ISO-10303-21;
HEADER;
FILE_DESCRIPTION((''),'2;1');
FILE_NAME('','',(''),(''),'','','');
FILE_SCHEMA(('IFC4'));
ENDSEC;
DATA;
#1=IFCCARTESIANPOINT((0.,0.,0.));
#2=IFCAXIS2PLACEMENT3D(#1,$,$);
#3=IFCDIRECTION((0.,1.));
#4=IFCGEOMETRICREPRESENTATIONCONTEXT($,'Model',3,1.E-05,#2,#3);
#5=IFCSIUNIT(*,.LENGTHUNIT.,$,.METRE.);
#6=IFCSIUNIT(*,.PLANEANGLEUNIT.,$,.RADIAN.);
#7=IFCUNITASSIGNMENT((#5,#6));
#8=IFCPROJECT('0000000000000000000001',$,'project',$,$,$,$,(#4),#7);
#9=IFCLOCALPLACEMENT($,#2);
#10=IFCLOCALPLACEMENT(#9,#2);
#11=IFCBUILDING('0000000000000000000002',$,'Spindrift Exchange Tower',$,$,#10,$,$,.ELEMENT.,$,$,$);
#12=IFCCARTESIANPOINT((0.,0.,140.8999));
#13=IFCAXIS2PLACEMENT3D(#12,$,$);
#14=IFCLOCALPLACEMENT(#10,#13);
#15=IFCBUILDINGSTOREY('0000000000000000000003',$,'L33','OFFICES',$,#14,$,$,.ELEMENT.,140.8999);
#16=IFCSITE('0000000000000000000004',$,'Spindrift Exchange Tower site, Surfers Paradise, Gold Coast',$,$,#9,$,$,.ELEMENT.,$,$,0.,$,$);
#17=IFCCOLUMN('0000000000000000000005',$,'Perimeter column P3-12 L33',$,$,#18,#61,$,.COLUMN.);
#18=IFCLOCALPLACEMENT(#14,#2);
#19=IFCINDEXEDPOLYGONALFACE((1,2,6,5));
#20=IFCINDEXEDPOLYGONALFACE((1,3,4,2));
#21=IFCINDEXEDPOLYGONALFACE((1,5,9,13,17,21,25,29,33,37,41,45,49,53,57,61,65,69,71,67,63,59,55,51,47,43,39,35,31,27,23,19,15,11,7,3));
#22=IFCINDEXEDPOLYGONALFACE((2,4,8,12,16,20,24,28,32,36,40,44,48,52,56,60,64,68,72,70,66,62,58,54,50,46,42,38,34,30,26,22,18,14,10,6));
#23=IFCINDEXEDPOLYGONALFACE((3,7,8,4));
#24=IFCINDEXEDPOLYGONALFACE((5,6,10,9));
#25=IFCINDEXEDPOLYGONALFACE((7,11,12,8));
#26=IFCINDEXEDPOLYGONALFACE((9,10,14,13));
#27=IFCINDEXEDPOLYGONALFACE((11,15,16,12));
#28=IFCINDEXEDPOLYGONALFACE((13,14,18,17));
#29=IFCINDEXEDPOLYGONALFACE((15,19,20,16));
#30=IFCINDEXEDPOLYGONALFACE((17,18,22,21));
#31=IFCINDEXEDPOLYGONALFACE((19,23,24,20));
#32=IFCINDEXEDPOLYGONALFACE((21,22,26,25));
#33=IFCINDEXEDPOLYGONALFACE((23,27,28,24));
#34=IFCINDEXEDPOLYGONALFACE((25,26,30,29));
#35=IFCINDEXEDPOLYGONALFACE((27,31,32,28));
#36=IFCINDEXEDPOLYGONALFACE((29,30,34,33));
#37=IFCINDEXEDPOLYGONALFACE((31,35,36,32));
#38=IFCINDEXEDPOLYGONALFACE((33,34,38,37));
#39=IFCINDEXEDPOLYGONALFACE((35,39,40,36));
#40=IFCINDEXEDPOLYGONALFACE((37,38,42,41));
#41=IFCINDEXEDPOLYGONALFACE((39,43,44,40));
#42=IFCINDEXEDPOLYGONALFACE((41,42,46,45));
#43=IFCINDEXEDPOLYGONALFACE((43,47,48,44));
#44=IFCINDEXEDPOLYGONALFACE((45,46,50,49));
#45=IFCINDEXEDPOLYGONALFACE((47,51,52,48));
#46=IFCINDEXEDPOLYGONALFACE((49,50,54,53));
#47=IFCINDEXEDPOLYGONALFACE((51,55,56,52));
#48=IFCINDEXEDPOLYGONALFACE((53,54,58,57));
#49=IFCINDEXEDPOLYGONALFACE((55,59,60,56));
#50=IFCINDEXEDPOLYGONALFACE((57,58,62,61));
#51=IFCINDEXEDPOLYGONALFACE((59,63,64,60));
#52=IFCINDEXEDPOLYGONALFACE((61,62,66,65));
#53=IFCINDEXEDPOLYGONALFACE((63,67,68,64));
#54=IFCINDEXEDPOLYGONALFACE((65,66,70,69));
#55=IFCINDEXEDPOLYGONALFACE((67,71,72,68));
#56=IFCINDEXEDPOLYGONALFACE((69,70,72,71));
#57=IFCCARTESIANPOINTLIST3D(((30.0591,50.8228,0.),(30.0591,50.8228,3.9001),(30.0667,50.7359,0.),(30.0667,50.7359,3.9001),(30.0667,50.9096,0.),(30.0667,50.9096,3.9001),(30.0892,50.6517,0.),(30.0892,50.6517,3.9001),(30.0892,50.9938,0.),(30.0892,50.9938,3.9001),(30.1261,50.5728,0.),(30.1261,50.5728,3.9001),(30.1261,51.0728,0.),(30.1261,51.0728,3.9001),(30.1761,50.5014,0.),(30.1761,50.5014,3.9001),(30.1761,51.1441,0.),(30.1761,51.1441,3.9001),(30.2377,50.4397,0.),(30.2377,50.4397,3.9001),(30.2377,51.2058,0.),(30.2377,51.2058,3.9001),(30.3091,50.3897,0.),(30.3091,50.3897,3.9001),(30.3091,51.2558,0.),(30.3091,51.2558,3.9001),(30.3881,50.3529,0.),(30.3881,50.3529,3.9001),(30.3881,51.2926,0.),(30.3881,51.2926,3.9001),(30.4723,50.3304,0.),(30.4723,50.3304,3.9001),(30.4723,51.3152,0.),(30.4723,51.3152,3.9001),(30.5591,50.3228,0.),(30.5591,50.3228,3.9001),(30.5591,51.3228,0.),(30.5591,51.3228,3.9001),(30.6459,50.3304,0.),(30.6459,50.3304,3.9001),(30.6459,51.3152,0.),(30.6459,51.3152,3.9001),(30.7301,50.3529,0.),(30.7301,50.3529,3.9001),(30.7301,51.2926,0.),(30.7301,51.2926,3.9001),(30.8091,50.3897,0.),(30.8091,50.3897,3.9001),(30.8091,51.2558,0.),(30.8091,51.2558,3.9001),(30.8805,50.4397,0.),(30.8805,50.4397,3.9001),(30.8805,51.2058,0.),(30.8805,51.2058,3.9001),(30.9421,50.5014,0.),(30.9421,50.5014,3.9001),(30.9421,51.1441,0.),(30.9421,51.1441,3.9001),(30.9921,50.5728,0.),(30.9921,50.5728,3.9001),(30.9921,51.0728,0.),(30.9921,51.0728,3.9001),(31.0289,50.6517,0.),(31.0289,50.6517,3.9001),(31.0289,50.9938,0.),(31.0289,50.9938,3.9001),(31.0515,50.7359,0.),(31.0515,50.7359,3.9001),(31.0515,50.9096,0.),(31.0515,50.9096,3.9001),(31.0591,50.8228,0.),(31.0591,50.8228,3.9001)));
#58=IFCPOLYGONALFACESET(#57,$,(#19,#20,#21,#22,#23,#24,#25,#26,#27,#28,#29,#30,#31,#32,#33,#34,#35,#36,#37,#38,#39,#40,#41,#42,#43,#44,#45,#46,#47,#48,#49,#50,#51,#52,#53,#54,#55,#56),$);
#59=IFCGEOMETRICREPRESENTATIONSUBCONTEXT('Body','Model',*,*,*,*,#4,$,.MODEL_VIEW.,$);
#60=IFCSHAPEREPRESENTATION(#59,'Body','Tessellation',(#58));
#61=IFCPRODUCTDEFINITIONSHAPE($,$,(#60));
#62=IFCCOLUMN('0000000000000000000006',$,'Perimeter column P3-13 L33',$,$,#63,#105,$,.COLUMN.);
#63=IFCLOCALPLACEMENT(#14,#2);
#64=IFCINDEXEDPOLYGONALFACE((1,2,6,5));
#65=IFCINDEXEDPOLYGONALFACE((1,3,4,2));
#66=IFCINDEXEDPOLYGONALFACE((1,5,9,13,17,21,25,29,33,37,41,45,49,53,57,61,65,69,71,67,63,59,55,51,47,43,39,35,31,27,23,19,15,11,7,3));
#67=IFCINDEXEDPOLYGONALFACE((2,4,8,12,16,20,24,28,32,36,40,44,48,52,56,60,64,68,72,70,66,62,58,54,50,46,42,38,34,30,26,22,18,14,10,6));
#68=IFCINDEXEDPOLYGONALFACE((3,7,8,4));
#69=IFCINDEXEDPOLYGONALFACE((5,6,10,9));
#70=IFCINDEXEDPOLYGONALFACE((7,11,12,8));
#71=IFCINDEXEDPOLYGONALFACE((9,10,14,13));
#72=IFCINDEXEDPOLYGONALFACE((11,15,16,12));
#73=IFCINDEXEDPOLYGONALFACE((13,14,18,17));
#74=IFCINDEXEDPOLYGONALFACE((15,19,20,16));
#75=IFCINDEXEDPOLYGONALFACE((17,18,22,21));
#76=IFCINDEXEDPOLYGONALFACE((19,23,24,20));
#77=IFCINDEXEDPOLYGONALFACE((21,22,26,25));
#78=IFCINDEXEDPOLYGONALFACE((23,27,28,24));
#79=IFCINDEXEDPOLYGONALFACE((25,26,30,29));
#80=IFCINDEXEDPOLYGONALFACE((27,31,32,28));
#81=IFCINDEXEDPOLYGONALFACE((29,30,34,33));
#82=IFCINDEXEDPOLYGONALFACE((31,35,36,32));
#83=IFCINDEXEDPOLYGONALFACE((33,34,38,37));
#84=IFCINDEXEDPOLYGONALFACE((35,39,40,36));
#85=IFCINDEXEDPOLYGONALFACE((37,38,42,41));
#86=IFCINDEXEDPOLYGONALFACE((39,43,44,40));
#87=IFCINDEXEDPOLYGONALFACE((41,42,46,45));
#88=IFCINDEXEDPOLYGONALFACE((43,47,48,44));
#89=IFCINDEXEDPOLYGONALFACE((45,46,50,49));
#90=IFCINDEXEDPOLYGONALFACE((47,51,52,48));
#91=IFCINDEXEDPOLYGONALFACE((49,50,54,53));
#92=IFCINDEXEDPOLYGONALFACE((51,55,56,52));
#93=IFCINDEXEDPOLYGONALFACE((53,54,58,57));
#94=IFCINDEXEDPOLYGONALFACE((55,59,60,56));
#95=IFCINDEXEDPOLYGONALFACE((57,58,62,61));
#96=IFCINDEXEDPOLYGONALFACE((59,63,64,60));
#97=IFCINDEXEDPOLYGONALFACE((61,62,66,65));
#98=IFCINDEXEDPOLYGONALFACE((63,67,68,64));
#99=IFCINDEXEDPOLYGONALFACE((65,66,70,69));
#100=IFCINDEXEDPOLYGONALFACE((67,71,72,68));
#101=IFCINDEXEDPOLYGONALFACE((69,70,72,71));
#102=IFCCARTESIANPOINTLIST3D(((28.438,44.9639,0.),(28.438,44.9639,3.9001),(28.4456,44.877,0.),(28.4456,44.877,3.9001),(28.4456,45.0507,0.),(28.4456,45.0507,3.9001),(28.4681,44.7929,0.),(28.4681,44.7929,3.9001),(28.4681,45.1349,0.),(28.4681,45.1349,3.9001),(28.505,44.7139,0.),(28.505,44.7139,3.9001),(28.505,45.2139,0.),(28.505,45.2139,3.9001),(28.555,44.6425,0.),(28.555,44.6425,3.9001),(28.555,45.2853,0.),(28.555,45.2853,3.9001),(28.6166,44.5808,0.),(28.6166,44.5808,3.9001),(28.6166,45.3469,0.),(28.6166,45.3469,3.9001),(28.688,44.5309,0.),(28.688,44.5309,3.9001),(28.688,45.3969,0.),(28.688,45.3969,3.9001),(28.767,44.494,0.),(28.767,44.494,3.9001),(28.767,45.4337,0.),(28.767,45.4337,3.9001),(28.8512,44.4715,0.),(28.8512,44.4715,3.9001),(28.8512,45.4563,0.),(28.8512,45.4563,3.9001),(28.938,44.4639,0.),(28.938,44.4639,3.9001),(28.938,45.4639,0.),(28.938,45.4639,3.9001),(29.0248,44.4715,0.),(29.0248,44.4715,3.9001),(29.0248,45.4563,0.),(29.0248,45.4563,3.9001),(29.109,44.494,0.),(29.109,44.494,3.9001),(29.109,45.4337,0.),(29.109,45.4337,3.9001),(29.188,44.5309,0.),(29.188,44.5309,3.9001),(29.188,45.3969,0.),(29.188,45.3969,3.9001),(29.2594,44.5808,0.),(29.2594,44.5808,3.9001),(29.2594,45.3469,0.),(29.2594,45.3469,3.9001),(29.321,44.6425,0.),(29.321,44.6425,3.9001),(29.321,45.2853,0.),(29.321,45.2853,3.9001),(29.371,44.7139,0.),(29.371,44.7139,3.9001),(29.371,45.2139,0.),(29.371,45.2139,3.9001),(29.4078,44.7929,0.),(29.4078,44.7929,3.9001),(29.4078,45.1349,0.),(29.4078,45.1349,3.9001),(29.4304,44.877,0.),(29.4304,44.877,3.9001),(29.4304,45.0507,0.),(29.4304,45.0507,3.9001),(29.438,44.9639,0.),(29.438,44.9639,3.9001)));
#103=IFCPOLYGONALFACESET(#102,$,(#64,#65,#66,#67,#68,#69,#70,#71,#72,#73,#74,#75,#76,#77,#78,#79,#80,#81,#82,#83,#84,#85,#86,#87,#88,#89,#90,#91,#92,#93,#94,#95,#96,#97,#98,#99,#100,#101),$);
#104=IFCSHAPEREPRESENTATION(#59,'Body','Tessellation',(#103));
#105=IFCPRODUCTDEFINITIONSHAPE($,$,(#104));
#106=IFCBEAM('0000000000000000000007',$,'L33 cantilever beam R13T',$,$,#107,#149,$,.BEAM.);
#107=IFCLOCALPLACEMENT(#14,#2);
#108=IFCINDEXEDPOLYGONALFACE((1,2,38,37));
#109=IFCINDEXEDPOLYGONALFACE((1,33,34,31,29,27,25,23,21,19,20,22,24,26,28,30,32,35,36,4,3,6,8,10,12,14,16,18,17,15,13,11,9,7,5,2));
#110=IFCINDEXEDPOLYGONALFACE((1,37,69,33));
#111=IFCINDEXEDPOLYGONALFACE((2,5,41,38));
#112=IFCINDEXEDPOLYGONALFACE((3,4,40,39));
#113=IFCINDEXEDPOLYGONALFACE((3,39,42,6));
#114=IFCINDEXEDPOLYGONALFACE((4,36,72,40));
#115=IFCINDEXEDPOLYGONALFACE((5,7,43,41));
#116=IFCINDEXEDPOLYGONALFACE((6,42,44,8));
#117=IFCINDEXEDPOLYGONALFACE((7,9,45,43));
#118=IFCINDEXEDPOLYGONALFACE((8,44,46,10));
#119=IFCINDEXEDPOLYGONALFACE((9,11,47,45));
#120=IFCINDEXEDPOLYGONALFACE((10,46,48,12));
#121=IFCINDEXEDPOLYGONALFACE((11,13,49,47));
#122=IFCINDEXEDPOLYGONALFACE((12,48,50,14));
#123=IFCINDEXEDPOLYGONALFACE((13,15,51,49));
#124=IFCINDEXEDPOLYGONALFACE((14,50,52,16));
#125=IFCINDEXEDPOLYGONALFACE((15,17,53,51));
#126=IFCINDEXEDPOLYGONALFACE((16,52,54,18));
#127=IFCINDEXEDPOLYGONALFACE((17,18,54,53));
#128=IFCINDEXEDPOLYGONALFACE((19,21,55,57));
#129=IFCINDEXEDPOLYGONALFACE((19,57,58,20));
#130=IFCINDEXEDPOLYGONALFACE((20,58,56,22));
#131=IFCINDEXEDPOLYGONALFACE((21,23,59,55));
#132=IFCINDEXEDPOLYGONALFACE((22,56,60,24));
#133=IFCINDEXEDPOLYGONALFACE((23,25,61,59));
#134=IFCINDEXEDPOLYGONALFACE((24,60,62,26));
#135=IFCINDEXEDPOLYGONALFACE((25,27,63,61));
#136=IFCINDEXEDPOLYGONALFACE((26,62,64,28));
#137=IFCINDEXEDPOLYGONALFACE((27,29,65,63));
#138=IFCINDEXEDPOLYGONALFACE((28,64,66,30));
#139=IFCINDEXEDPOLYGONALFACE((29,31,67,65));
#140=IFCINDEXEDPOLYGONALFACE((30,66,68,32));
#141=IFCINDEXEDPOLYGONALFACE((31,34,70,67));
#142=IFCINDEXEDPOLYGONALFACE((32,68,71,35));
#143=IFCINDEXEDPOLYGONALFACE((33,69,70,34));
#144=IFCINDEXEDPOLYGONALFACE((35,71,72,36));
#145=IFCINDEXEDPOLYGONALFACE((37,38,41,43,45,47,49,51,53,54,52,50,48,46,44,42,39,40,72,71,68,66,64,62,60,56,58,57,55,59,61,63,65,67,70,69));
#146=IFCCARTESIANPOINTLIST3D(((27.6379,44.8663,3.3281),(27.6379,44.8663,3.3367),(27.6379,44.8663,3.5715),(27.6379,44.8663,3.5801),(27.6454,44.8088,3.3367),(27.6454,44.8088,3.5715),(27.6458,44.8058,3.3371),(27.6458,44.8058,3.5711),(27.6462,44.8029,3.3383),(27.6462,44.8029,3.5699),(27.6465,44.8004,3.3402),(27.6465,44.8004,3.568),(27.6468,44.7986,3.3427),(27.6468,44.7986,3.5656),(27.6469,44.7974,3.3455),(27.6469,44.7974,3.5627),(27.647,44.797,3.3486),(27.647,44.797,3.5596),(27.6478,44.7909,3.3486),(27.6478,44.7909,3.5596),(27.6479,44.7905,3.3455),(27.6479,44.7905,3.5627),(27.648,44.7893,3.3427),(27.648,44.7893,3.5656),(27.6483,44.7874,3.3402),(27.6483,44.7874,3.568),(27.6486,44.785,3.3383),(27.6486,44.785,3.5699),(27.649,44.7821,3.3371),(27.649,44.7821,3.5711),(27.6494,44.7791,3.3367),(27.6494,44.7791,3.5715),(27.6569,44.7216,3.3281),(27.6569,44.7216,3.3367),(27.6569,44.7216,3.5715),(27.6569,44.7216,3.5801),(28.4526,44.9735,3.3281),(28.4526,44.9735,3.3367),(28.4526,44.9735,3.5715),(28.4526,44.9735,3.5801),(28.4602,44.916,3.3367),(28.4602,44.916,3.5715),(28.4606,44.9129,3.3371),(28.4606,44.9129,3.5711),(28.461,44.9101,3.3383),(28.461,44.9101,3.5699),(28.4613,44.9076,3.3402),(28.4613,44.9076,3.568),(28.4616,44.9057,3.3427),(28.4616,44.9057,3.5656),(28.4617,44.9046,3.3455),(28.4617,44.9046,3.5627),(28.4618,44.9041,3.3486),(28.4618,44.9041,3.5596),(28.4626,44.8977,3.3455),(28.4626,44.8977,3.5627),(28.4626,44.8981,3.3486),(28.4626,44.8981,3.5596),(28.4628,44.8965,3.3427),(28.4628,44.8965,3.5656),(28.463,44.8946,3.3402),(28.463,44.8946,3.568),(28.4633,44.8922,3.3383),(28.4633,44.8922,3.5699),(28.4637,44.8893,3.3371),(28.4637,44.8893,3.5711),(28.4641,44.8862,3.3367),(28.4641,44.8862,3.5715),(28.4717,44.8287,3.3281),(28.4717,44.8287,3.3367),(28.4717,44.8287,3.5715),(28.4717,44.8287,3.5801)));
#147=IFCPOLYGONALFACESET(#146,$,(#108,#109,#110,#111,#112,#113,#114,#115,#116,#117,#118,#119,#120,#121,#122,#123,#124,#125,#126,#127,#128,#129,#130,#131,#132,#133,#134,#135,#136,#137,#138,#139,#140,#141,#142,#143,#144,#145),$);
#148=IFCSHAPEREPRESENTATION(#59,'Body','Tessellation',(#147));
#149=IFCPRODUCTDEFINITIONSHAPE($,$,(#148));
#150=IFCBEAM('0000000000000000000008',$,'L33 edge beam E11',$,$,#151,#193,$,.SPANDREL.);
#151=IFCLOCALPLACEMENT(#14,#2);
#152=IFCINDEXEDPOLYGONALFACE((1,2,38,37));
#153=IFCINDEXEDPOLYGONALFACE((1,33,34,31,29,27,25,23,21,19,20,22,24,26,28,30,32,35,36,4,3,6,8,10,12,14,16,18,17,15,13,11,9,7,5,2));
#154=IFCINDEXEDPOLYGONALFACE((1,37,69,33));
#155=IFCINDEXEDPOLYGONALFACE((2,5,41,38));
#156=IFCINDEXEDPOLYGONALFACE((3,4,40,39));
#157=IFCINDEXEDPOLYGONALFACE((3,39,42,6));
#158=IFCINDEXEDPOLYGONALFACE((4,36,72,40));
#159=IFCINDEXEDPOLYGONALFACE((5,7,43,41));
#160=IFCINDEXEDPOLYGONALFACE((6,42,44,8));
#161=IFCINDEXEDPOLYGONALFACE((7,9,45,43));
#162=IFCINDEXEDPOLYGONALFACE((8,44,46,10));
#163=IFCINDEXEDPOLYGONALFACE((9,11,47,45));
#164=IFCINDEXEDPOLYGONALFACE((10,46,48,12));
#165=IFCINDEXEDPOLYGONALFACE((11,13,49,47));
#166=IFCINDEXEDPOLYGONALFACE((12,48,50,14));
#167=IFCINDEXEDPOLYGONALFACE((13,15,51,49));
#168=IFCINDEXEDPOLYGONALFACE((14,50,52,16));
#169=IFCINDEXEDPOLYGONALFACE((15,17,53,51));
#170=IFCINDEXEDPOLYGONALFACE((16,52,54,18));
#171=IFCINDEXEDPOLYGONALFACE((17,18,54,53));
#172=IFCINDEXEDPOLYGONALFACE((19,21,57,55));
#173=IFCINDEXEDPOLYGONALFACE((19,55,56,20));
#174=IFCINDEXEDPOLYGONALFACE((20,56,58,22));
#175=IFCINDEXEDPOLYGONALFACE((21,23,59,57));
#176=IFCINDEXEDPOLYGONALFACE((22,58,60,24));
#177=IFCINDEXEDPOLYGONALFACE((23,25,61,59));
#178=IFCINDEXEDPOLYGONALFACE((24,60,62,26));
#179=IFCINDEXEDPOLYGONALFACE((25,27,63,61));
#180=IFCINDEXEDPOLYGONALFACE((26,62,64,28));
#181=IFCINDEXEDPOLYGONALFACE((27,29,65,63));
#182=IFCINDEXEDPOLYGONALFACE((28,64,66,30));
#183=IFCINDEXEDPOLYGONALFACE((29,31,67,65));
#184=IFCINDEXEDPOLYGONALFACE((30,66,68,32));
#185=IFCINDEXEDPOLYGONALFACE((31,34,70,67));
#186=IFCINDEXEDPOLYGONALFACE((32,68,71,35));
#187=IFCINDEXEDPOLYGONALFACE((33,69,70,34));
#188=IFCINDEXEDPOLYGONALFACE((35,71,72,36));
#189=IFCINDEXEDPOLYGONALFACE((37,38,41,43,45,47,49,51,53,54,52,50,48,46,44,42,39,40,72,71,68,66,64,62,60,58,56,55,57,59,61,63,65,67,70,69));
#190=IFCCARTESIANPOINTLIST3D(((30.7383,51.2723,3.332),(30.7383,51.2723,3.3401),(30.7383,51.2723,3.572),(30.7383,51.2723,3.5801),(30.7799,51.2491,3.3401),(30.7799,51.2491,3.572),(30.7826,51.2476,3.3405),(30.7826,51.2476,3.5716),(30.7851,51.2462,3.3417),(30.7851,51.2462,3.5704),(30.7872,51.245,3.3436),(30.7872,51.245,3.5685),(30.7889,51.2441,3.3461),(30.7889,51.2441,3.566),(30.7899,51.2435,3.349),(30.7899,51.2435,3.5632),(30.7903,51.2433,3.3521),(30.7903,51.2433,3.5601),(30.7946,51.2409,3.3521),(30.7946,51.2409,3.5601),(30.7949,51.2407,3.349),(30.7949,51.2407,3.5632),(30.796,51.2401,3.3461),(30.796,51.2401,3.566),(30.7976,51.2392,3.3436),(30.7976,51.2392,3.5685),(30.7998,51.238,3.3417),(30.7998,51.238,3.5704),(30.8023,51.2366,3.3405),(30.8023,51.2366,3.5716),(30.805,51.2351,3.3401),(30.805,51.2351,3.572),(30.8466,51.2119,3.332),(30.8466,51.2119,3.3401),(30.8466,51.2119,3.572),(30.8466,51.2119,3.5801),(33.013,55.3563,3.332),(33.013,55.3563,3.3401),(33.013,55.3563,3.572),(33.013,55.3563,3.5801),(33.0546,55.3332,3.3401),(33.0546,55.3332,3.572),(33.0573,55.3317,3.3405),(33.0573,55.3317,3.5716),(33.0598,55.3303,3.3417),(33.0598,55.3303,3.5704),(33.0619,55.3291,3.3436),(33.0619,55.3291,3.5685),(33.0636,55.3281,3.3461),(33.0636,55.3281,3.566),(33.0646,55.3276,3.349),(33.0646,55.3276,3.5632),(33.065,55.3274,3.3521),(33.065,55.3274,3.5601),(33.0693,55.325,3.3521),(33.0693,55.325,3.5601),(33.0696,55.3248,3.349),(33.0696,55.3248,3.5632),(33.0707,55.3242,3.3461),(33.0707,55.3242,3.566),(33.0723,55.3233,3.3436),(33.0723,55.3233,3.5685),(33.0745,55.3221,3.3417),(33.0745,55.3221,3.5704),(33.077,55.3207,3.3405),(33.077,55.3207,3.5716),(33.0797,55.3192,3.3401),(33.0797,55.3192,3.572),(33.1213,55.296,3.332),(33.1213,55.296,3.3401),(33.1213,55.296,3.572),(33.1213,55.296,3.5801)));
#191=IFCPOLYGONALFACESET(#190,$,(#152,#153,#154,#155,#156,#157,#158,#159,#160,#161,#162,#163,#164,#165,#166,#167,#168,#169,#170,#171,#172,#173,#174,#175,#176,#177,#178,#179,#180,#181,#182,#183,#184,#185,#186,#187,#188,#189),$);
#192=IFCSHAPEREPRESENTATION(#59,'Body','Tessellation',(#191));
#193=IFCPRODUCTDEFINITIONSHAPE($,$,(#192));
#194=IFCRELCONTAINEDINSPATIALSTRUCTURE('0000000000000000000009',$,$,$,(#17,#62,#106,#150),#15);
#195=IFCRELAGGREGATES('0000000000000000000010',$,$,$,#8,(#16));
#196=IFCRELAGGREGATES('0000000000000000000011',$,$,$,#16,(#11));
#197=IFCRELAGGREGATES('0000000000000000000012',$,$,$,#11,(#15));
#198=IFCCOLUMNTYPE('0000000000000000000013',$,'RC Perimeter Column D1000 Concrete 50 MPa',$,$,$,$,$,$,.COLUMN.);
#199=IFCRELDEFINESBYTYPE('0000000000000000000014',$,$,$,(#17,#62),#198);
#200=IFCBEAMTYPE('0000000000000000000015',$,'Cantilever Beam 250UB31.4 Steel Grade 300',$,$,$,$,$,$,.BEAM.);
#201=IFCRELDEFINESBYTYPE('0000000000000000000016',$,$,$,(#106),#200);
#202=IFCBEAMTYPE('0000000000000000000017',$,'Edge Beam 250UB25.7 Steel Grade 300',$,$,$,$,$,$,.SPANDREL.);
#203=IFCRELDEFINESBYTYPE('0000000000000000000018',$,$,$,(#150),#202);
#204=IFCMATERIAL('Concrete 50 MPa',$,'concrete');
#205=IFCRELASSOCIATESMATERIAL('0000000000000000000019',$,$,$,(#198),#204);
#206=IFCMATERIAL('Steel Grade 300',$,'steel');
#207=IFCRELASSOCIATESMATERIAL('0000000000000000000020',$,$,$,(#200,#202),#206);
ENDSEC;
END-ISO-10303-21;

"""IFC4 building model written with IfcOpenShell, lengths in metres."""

from ifc_helpers import new_model, si_unit, direction, frame, origin, origin_2d, place, context, subcontext, project, spatial, circle, i_section, extrude, source, transform, mapped, material, material_profile, profile_set, type_object, element, save


model = new_model("IFC4")

# Units and contexts
model_context = context("Model", 3, precision=1e-05, world=origin(), true_north=direction((0.0, 1.0)))
body_context = subcontext(model_context, "Body", "Model", "MODEL_VIEW")
ifc_project = project(units=[si_unit("LENGTHUNIT", "METRE"), si_unit("PLANEANGLEUNIT", "RADIAN")], contexts=[model_context])

# Site, building, storey
site_placement = place(None, origin())
site = spatial("IfcSite", under=ifc_project, at=site_placement, Name="Spindrift Exchange Tower site, Surfers Paradise, Gold Coast", CompositionType="ELEMENT", RefElevation=0.0)
building_placement = place(site_placement, origin())
building = spatial("IfcBuilding", under=site, at=building_placement, Name="Spindrift Exchange Tower", CompositionType="ELEMENT")
storey_placement = place(building_placement, frame((0.0, 0.0, 140.8999)))
storey = spatial("IfcBuildingStorey", under=building, at=storey_placement, Name="L33", Description="OFFICES", CompositionType="ELEMENT", Elevation=140.8999)

# Columns
ifc_material_1 = material(Name="Concrete 50 MPa", Category="concrete")
ifc_material_profile_1 = material_profile(ifc_material_1, circle(Radius=0.5, at=origin_2d()), Name="RC D1000")
ifc_profile_set_1 = profile_set([ifc_material_profile_1], Name="Concrete 50 MPa")
column_type = type_object("IfcColumnType", Name="RC Perimeter Column D1000 Concrete 50 MPa", PredefinedType="COLUMN", material=ifc_profile_set_1)
shared_shape_1 = source(origin(), body_context, "Body", "SweptSolid", [
    extrude(circle(Radius=0.5, at=origin_2d()), origin(), (0.0, 0.0, 1.0), 3.9001),
])
for number, where, z_axis, x_axis, name in (
    (1, (30.5591, 50.8228, 0.0), (0.0, 0.0, 1.0), (1.0, 0.0, 0.0), "Perimeter column P3-12 L33"),
    (2, (28.938, 44.9639, 0.0), (0.0, 0.0, 1.0), (1.0, 0.0, 0.0), "Perimeter column P3-13 L33"),
):
    element("IfcColumn", number, at=place(storey_placement, frame(where, z_axis=z_axis, x_axis=x_axis)), inside=storey, type_object=column_type, Name=name, PredefinedType="COLUMN", context=body_context, shape_type="MappedRepresentation", body=[
        mapped(shared_shape_1, transform((0.0, 0.0, 0.0), scale=1.0)),
    ])

# Beams
ifc_material_2 = material(Name="Steel Grade 300", Category="steel")
ifc_material_profile_2 = material_profile(ifc_material_2, i_section(OverallWidth=0.146, OverallDepth=0.252, WebThickness=0.0061, FlangeThickness=0.0085, FilletRadius=0.012, at=origin_2d()), Name="250UB31.4")
ifc_profile_set_2 = profile_set([ifc_material_profile_2], Name="Steel Grade 300")
beam_type_1 = type_object("IfcBeamType", Name="Cantilever Beam 250UB31.4 Steel Grade 300", PredefinedType="BEAM", material=ifc_profile_set_2)
shared_shape_2 = source(origin(), body_context, "Body", "SweptSolid", [
    extrude(i_section(OverallWidth=0.146, OverallDepth=0.252, WebThickness=0.0061, FlangeThickness=0.0085, FilletRadius=0.012, at=origin_2d()), origin(), (0.0, 0.0, 1.0), 0.8218),
])
beam_1_placement = place(storey_placement, frame((28.4622, 44.9011, 3.4541), z_axis=(-0.991457, -0.130431, 0.0), x_axis=(0.130431, -0.991457, 0.0)))
element("IfcBeam", 3, at=beam_1_placement, inside=storey, type_object=beam_type_1, Name="L33 cantilever beam R13T", PredefinedType="BEAM", context=body_context, shape_type="MappedRepresentation", body=[
    mapped(shared_shape_2, transform((0.0, 0.0, 0.0), scale=1.0)),
])
ifc_material_profile_3 = material_profile(ifc_material_2, i_section(OverallWidth=0.124, OverallDepth=0.248, WebThickness=0.0049, FlangeThickness=0.0081, FilletRadius=0.012, at=origin_2d()), Name="250UB25.7")
ifc_profile_set_3 = profile_set([ifc_material_profile_3], Name="Steel Grade 300")
beam_type_2 = type_object("IfcBeamType", Name="Edge Beam 250UB25.7 Steel Grade 300", PredefinedType="SPANDREL", material=ifc_profile_set_3)
shared_shape_3 = source(origin(), body_context, "Body", "SweptSolid", [
    extrude(i_section(OverallWidth=0.124, OverallDepth=0.248, WebThickness=0.0049, FlangeThickness=0.0081, FilletRadius=0.012, at=origin_2d()), origin(), (0.0, 0.0, 1.0), 4.6748),
])
beam_2_placement = place(storey_placement, frame((33.0671, 55.3262, 3.4561), z_axis=(-0.486587, -0.873632, 0.0), x_axis=(0.873632, -0.486587, 0.0)))
element("IfcBeam", 4, at=beam_2_placement, inside=storey, type_object=beam_type_2, Name="L33 edge beam E11", PredefinedType="SPANDREL", context=body_context, shape_type="MappedRepresentation", body=[
    mapped(shared_shape_3, transform((0.0, 0.0, 0.0), scale=1.0)),
])

save(model, "model.ifc")
